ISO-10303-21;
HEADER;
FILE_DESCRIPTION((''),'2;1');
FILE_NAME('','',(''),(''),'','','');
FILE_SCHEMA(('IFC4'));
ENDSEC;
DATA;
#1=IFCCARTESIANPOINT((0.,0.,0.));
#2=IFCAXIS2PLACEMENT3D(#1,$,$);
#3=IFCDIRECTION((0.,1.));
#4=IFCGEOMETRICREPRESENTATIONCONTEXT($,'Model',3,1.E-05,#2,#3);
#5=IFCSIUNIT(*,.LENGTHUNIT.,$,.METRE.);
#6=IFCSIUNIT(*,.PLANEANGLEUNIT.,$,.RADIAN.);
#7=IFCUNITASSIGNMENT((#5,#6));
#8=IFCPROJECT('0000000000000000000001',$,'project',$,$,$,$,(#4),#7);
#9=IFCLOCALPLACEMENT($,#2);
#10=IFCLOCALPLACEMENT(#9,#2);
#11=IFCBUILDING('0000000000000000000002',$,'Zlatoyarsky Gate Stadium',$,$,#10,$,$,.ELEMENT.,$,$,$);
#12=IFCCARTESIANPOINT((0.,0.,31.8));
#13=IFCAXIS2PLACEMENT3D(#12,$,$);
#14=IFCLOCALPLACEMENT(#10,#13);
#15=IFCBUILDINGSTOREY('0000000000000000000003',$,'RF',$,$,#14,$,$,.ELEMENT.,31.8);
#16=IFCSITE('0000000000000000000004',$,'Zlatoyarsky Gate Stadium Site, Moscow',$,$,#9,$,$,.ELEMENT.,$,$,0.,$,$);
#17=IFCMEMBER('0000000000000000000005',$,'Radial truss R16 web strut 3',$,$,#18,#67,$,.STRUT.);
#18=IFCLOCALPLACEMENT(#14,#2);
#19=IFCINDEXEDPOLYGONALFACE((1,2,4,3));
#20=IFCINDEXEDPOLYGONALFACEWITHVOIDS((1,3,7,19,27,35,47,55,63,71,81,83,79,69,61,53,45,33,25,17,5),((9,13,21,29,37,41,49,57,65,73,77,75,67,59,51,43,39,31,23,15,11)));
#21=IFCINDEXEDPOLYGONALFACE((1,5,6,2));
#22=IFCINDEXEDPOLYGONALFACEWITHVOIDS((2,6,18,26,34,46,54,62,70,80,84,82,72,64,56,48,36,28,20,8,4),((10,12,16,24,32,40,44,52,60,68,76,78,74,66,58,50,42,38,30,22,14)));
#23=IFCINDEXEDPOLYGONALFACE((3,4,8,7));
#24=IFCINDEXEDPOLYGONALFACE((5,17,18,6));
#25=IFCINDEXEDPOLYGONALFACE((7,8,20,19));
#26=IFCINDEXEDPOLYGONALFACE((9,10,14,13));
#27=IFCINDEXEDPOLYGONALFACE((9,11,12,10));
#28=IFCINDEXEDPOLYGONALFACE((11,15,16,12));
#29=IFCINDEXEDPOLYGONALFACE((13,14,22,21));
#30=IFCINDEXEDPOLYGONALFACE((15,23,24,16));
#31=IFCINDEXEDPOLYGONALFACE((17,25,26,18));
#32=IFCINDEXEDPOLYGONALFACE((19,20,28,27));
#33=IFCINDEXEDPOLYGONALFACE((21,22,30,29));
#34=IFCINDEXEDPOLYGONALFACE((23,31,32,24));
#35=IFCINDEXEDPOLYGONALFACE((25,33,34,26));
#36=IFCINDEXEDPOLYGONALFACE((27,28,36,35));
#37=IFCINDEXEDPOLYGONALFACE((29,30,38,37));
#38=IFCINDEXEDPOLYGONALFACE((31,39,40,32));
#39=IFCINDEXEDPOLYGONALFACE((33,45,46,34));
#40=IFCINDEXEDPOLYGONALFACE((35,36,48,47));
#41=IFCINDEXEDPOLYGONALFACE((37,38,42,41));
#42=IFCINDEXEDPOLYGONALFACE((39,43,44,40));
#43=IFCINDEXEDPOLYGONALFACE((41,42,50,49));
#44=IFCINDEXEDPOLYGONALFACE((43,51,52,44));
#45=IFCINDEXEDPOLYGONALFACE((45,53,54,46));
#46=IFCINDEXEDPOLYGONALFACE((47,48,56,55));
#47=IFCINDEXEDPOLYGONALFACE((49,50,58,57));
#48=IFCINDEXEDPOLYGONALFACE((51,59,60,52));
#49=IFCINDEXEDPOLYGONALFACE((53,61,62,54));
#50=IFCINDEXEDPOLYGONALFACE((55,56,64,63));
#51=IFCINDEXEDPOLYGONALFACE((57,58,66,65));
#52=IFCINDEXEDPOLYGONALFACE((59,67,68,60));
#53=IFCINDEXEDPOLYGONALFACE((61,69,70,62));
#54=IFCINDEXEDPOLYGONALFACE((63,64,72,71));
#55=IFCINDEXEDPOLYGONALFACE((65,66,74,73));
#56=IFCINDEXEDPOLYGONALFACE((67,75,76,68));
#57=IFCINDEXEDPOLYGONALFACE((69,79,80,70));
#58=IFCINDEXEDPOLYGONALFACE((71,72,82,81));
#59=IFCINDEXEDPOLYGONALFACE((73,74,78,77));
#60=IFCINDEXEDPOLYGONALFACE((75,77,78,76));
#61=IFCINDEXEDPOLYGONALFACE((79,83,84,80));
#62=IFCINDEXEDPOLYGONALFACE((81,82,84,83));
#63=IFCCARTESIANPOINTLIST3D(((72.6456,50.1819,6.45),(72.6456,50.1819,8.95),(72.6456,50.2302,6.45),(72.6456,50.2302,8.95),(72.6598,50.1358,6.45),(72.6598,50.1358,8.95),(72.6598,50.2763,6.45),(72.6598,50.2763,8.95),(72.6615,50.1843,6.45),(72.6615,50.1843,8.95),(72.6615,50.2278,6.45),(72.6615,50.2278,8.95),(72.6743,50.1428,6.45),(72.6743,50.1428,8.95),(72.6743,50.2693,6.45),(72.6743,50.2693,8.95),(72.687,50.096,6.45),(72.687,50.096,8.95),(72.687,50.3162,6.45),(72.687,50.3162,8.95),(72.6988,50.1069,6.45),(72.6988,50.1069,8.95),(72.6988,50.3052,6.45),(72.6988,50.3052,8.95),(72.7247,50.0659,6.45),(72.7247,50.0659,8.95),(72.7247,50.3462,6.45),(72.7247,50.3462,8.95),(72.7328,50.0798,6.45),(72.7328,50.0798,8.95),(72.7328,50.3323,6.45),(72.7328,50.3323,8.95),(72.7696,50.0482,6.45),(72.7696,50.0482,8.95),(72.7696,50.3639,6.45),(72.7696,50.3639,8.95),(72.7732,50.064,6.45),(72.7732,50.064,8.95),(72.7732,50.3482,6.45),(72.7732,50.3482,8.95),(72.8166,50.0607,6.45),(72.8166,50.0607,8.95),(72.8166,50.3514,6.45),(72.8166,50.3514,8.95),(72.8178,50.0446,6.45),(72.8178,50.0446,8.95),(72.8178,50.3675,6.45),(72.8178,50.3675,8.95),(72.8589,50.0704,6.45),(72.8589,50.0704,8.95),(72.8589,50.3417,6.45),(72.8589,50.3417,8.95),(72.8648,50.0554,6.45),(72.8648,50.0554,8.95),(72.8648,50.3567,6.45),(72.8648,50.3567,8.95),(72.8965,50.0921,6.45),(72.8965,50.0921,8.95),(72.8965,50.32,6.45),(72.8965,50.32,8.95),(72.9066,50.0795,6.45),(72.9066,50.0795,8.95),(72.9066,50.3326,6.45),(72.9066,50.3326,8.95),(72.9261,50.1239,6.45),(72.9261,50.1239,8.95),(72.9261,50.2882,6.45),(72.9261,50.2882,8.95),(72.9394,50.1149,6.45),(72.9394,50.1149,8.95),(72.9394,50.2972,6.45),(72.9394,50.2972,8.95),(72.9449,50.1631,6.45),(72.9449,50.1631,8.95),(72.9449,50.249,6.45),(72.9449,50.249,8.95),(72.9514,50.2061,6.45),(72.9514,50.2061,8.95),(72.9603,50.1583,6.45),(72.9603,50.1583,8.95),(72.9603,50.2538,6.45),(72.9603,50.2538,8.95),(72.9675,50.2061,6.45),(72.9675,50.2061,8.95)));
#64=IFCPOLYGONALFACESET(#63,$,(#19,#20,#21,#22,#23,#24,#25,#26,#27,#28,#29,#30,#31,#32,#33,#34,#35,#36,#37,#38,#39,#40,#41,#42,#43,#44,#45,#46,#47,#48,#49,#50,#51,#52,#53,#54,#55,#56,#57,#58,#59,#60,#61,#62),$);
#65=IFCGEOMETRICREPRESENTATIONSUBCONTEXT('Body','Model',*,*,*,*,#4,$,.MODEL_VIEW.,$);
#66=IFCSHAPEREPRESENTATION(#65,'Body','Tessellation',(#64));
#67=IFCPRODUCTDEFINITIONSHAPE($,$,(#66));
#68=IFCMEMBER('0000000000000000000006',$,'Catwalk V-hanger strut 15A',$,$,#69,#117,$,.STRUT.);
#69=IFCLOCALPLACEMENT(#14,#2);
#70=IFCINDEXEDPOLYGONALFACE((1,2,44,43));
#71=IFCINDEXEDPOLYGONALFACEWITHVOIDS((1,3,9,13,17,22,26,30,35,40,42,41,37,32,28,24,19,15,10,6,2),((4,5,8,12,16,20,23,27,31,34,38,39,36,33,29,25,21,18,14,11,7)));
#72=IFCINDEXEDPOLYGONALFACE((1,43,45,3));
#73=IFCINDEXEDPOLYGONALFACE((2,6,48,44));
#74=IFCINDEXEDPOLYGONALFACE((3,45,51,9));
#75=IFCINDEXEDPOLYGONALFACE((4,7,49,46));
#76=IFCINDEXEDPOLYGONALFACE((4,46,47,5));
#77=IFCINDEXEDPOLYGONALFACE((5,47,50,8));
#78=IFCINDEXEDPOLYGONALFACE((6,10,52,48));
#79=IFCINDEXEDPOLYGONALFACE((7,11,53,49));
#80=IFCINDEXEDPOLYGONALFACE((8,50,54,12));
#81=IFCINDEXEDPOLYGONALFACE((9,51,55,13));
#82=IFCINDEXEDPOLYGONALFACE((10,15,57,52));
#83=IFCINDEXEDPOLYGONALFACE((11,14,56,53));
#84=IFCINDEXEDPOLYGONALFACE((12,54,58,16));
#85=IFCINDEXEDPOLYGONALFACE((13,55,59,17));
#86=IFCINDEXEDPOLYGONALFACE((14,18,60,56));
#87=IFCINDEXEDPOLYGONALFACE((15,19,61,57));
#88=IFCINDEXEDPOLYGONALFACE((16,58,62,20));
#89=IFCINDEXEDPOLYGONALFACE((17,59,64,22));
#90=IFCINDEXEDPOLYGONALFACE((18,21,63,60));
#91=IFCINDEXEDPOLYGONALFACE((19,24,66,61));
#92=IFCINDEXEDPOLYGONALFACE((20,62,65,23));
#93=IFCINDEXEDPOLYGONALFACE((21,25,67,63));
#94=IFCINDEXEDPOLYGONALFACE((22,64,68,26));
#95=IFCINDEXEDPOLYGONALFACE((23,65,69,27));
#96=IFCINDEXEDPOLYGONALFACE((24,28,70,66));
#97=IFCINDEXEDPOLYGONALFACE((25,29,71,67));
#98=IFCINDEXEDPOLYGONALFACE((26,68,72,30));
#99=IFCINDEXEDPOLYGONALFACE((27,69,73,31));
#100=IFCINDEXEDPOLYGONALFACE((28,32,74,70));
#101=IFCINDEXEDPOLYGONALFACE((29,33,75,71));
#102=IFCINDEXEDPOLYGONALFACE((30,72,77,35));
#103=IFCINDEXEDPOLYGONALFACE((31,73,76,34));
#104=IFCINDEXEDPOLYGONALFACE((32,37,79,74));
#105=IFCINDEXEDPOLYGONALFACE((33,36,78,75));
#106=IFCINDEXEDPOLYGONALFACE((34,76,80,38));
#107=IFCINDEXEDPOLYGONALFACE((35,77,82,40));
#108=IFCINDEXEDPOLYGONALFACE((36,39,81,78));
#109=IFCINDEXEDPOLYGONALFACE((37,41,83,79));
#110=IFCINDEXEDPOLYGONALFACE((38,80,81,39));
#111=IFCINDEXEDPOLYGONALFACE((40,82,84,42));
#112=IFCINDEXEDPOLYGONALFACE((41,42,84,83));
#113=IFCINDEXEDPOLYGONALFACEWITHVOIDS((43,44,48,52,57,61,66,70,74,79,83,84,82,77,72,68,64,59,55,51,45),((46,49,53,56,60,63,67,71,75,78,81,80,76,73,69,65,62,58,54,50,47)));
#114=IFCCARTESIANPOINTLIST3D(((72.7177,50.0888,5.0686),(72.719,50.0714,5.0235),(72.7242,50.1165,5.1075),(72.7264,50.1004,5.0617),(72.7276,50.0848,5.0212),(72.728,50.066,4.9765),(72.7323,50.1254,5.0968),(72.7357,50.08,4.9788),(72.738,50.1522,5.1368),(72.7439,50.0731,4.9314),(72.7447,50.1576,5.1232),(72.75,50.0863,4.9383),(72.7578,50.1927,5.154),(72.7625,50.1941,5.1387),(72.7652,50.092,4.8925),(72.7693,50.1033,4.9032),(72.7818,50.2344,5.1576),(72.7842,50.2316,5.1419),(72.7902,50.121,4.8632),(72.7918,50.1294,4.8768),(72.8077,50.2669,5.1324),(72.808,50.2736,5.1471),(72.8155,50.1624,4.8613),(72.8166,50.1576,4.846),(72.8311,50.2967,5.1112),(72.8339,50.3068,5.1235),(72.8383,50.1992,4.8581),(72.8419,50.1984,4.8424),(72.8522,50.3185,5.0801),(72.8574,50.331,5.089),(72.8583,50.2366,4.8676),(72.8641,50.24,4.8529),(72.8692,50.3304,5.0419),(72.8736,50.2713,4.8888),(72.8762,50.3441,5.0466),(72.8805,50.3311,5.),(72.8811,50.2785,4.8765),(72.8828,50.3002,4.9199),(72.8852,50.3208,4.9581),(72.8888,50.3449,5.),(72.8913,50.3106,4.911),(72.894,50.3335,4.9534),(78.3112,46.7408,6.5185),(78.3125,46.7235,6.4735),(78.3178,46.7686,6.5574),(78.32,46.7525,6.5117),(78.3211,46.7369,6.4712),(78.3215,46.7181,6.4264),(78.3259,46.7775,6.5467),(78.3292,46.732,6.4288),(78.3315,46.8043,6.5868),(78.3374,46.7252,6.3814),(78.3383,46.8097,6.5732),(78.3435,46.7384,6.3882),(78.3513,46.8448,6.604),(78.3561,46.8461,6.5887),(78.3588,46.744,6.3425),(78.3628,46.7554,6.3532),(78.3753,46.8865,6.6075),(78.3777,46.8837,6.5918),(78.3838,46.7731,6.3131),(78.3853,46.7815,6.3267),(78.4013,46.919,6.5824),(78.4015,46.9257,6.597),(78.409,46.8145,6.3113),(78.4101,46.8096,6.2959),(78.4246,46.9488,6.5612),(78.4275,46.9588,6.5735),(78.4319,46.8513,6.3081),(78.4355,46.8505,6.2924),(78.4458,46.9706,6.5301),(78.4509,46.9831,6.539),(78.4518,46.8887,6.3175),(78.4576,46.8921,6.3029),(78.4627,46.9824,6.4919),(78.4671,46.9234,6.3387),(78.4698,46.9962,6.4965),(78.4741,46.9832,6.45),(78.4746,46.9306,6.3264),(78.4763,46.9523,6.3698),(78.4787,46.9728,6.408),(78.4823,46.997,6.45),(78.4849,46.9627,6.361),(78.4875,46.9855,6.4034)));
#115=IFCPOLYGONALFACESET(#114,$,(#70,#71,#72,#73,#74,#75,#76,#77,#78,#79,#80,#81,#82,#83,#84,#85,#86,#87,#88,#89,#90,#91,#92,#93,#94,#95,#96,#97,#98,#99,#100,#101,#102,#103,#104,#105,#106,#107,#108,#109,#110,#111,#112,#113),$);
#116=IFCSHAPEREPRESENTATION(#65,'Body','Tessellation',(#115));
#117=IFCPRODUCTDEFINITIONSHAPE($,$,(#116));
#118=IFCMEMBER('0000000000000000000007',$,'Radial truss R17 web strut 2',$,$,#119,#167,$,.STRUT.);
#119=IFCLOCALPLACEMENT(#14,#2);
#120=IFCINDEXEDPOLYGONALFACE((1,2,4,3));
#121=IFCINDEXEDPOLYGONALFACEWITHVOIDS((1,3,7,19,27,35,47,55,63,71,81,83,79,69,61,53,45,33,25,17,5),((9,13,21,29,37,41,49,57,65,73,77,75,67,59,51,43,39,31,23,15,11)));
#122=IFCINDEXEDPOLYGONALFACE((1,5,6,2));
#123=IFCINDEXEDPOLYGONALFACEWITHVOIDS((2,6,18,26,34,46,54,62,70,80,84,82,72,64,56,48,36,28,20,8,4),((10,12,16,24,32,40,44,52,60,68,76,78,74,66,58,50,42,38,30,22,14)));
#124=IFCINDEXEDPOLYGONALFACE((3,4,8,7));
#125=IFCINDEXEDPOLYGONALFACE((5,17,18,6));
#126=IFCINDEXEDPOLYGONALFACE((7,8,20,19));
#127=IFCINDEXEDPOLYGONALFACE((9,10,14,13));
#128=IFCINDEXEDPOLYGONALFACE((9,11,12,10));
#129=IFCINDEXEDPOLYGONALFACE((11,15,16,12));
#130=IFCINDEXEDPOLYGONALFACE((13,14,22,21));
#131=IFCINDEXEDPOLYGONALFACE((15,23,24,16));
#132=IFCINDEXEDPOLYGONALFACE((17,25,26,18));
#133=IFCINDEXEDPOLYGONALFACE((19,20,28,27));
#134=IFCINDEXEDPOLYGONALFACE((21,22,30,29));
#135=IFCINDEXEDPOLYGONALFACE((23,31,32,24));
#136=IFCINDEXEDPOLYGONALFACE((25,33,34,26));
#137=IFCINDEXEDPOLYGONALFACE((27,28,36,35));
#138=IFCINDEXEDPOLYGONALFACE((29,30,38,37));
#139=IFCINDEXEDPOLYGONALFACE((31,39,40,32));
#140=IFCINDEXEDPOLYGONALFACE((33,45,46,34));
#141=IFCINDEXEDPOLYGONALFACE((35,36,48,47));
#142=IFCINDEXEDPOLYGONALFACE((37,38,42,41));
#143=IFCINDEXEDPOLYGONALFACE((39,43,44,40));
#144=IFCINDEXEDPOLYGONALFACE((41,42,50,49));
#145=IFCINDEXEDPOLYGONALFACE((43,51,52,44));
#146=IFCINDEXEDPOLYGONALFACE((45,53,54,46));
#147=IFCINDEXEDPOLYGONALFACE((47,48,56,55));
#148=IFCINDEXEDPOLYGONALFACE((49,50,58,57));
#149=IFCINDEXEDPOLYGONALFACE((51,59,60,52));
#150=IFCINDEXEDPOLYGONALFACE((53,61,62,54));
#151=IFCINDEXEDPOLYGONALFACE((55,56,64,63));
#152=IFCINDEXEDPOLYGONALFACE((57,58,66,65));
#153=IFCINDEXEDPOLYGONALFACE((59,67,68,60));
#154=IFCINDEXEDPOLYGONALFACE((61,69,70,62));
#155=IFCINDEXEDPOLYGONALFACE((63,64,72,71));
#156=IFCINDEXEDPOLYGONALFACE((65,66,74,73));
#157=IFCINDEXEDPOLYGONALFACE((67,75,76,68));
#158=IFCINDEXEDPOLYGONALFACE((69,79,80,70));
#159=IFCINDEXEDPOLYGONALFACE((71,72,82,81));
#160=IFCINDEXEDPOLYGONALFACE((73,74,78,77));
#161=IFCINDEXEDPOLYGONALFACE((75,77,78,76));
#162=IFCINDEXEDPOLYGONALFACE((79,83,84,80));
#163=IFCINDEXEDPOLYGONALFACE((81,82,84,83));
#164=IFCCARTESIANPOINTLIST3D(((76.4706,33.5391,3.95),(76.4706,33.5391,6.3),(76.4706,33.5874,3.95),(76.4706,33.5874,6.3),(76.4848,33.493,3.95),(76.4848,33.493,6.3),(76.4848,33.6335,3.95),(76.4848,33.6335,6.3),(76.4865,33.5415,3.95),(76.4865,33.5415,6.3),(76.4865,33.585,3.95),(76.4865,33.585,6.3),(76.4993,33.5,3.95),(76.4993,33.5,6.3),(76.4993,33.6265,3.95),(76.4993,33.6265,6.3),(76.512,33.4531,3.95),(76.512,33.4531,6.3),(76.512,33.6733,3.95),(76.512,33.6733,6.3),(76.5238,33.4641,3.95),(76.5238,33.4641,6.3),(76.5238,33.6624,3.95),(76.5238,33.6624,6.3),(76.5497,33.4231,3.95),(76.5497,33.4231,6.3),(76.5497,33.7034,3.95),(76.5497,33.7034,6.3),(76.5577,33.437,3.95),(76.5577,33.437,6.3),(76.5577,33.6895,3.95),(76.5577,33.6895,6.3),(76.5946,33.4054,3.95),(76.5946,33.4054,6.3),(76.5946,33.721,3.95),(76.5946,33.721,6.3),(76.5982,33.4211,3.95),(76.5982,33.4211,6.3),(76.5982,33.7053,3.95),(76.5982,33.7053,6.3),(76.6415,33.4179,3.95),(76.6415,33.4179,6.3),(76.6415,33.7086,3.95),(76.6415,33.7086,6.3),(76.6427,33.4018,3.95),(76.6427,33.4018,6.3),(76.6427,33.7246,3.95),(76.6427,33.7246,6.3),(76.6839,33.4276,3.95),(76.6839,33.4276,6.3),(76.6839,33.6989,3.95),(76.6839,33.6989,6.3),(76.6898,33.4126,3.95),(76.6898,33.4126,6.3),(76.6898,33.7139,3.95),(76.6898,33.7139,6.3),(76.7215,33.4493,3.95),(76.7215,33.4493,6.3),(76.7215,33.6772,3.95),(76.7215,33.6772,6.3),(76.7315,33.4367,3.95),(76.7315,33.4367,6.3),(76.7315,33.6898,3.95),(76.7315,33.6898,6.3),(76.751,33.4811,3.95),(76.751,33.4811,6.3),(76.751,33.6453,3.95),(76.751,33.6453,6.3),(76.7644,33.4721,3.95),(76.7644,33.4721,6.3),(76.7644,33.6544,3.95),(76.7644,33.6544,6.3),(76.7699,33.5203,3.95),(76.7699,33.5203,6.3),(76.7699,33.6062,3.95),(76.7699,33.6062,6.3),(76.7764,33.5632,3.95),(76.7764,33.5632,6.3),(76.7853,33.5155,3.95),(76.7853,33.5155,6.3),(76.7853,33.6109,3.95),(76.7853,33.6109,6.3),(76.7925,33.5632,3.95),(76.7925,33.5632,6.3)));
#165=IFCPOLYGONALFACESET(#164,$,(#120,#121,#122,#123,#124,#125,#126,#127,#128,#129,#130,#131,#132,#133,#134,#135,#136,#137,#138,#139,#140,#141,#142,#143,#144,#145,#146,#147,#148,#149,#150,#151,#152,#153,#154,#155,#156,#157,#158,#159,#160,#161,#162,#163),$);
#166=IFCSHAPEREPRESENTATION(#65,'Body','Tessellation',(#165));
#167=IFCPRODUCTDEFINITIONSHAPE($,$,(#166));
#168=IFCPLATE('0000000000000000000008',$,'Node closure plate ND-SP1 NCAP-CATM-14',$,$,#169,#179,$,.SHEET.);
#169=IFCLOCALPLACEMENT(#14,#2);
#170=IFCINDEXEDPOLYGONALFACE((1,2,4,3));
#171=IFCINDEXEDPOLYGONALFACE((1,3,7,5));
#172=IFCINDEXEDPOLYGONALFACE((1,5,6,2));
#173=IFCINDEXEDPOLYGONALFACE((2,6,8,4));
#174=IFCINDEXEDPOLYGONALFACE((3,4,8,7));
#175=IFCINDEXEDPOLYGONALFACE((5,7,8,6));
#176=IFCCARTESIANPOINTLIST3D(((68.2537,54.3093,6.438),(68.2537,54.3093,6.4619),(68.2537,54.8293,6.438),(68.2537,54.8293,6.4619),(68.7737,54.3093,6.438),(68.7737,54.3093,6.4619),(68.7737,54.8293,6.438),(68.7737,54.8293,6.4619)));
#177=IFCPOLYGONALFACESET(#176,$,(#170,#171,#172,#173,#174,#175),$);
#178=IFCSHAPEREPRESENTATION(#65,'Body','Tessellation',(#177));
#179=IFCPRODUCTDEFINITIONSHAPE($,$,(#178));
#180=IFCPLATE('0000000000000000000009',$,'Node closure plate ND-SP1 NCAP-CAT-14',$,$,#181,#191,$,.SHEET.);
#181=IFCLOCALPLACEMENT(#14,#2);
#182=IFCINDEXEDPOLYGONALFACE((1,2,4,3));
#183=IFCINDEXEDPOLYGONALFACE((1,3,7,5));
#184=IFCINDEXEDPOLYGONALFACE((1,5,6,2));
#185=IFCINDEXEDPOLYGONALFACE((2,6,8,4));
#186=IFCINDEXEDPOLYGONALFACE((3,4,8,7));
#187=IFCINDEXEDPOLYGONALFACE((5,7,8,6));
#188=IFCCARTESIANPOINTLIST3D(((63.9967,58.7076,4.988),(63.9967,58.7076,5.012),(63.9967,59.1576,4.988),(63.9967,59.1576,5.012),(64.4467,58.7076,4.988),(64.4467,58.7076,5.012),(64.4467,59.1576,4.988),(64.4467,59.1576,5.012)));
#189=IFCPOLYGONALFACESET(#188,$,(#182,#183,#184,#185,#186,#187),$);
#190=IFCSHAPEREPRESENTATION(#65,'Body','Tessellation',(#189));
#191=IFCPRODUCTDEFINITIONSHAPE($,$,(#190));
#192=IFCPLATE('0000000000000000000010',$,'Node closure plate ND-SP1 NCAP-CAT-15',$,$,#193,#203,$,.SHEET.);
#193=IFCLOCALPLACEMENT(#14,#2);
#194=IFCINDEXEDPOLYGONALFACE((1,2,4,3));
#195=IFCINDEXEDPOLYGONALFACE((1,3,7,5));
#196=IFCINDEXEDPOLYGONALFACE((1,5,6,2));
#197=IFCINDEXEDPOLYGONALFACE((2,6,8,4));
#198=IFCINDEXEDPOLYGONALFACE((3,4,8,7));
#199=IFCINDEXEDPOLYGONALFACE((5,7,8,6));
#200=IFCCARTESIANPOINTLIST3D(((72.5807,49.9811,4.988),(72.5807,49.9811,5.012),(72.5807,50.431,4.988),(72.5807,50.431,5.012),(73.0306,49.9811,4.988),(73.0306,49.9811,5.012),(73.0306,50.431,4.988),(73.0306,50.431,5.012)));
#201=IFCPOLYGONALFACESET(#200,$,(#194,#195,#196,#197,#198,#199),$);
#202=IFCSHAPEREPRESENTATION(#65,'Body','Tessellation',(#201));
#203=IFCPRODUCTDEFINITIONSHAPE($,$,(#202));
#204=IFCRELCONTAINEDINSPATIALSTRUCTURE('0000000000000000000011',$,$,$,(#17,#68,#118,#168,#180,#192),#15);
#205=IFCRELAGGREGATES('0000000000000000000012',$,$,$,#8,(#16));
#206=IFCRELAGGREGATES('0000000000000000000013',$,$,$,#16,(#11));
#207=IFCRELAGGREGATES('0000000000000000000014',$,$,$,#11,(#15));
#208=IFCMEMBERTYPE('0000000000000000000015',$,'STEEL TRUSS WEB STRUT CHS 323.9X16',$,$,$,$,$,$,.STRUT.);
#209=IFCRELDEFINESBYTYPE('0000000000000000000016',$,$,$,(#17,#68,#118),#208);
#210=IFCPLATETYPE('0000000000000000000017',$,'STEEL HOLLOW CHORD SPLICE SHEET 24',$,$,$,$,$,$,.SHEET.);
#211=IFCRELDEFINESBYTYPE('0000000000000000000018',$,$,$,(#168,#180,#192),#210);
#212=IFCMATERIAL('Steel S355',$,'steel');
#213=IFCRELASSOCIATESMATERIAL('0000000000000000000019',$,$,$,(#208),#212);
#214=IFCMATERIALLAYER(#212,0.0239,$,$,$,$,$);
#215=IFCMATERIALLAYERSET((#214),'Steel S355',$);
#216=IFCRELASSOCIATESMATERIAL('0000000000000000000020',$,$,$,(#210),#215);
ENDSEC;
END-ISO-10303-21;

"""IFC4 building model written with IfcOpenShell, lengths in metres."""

from ifc_helpers import new_model, si_unit, direction, frame, origin, origin_2d, place, context, subcontext, project, spatial, rectangle, hollow_circle, extrude, material, layer, layer_set, material_profile, profile_set, type_object, element, save


model = new_model("IFC4")

# Units and contexts
model_context = context("Model", 3, precision=1e-05, world=origin(), true_north=direction((0.0, 1.0)))
body_context = subcontext(model_context, "Body", "Model", "MODEL_VIEW")
ifc_project = project(units=[si_unit("LENGTHUNIT", "METRE"), si_unit("PLANEANGLEUNIT", "RADIAN")], contexts=[model_context])

# Site, building, storey
site_placement = place(None, origin())
site = spatial("IfcSite", under=ifc_project, at=site_placement, Name="Zlatoyarsky Gate Stadium Site, Moscow", CompositionType="ELEMENT", RefElevation=0.0)
building_placement = place(site_placement, origin())
building = spatial("IfcBuilding", under=site, at=building_placement, Name="Zlatoyarsky Gate Stadium", CompositionType="ELEMENT")
storey_placement = place(building_placement, frame((0.0, 0.0, 31.8)))
storey = spatial("IfcBuildingStorey", under=building, at=storey_placement, Name="RF", CompositionType="ELEMENT", Elevation=31.8)

# Shared definitions
ifc_material = material(Name="Steel S355", Category="steel")

# Members
ifc_material_profile_1 = material_profile(ifc_material, hollow_circle(Radius=0.1619, WallThickness=0.0161, at=origin_2d()), Name="CHS 323.9X16")
ifc_profile_set_1 = profile_set([ifc_material_profile_1], Name="Steel S355")
member_type_1 = type_object("IfcMemberType", Name="STEEL TRUSS WEB STRUT CHS 323.9X16", PredefinedType="STRUT", material=ifc_profile_set_1)
member_1_placement = place(storey_placement, frame((72.8057, 50.2061, 6.45), z_axis=(0.0, 0.0, 1.0), x_axis=(1.0, 0.0, 0.0)))
element("IfcMember", 1, at=member_1_placement, inside=storey, type_object=member_type_1, Name="Radial truss R16 web strut 3", PredefinedType="STRUT", context=body_context, shape_type="SweptSolid", body=[
    extrude(hollow_circle(Radius=0.1619, WallThickness=0.0161, at=origin_2d()), origin(), (0.0, 0.0, 1.0), 2.5),
])
member_2_placement = place(storey_placement, frame((72.8057, 50.2061, 5.0), z_axis=(0.837579, -0.501319, 0.217118), x_axis=(0.51357, 0.858048, 0.0)))
element("IfcMember", 2, at=member_2_placement, inside=storey, type_object=member_type_1, Name="Catwalk V-hanger strut 15A", PredefinedType="STRUT", context=body_context, shape_type="SweptSolid", body=[
    extrude(hollow_circle(Radius=0.1619, WallThickness=0.0161, at=origin_2d()), origin(), (0.0, 0.0, 1.0), 6.6782),
])
member_3_placement = place(storey_placement, frame((76.6306, 33.5632, 3.95), z_axis=(0.0, 0.0, 1.0), x_axis=(1.0, 0.0, 0.0)))
element("IfcMember", 3, at=member_3_placement, inside=storey, type_object=member_type_1, Name="Radial truss R17 web strut 2", PredefinedType="STRUT", context=body_context, shape_type="SweptSolid", body=[
    extrude(hollow_circle(Radius=0.1619, WallThickness=0.0161, at=origin_2d()), origin(), (0.0, 0.0, 1.0), 2.3501),
])

# Plates
ifc_layer_1 = layer(ifc_material, 0.0239)
ifc_layer_set_1 = layer_set([ifc_layer_1], Name="Steel S355")
plate_type_1 = type_object("IfcPlateType", Name="STEEL HOLLOW CHORD SPLICE SHEET 24", PredefinedType="SHEET", material=ifc_layer_set_1)
plate_1_placement = place(storey_placement, frame((68.5137, 54.5693, 6.438), z_axis=(0.0, 0.0, 1.0), x_axis=(1.0, 0.0, 0.0)))
element("IfcPlate", 4, at=plate_1_placement, inside=storey, type_object=plate_type_1, Name="Node closure plate ND-SP1 NCAP-CATM-14", PredefinedType="SHEET", context=body_context, shape_type="SweptSolid", body=[
    extrude(rectangle(XDim=0.52, YDim=0.52, at=origin_2d()), origin(), (0.0, 0.0, 1.0), 0.0239),
])
for number, where, z_axis, x_axis, name in (
    (5, (64.2217, 58.9326, 4.988), (0.0, 0.0, 1.0), (1.0, 0.0, 0.0), "Node closure plate ND-SP1 NCAP-CAT-14"),
    (6, (72.8057, 50.2061, 4.988), (0.0, 0.0, 1.0), (1.0, 0.0, 0.0), "Node closure plate ND-SP1 NCAP-CAT-15"),
):
    element("IfcPlate", number, at=place(storey_placement, frame(where, z_axis=z_axis, x_axis=x_axis)), inside=storey, type_object=plate_type_1, Name=name, PredefinedType="SHEET", context=body_context, shape_type="SweptSolid", body=[
        extrude(rectangle(XDim=0.45, YDim=0.45, at=origin_2d()), origin(), (0.0, 0.0, 1.0), 0.0239),
    ])

save(model, "model.ifc")
